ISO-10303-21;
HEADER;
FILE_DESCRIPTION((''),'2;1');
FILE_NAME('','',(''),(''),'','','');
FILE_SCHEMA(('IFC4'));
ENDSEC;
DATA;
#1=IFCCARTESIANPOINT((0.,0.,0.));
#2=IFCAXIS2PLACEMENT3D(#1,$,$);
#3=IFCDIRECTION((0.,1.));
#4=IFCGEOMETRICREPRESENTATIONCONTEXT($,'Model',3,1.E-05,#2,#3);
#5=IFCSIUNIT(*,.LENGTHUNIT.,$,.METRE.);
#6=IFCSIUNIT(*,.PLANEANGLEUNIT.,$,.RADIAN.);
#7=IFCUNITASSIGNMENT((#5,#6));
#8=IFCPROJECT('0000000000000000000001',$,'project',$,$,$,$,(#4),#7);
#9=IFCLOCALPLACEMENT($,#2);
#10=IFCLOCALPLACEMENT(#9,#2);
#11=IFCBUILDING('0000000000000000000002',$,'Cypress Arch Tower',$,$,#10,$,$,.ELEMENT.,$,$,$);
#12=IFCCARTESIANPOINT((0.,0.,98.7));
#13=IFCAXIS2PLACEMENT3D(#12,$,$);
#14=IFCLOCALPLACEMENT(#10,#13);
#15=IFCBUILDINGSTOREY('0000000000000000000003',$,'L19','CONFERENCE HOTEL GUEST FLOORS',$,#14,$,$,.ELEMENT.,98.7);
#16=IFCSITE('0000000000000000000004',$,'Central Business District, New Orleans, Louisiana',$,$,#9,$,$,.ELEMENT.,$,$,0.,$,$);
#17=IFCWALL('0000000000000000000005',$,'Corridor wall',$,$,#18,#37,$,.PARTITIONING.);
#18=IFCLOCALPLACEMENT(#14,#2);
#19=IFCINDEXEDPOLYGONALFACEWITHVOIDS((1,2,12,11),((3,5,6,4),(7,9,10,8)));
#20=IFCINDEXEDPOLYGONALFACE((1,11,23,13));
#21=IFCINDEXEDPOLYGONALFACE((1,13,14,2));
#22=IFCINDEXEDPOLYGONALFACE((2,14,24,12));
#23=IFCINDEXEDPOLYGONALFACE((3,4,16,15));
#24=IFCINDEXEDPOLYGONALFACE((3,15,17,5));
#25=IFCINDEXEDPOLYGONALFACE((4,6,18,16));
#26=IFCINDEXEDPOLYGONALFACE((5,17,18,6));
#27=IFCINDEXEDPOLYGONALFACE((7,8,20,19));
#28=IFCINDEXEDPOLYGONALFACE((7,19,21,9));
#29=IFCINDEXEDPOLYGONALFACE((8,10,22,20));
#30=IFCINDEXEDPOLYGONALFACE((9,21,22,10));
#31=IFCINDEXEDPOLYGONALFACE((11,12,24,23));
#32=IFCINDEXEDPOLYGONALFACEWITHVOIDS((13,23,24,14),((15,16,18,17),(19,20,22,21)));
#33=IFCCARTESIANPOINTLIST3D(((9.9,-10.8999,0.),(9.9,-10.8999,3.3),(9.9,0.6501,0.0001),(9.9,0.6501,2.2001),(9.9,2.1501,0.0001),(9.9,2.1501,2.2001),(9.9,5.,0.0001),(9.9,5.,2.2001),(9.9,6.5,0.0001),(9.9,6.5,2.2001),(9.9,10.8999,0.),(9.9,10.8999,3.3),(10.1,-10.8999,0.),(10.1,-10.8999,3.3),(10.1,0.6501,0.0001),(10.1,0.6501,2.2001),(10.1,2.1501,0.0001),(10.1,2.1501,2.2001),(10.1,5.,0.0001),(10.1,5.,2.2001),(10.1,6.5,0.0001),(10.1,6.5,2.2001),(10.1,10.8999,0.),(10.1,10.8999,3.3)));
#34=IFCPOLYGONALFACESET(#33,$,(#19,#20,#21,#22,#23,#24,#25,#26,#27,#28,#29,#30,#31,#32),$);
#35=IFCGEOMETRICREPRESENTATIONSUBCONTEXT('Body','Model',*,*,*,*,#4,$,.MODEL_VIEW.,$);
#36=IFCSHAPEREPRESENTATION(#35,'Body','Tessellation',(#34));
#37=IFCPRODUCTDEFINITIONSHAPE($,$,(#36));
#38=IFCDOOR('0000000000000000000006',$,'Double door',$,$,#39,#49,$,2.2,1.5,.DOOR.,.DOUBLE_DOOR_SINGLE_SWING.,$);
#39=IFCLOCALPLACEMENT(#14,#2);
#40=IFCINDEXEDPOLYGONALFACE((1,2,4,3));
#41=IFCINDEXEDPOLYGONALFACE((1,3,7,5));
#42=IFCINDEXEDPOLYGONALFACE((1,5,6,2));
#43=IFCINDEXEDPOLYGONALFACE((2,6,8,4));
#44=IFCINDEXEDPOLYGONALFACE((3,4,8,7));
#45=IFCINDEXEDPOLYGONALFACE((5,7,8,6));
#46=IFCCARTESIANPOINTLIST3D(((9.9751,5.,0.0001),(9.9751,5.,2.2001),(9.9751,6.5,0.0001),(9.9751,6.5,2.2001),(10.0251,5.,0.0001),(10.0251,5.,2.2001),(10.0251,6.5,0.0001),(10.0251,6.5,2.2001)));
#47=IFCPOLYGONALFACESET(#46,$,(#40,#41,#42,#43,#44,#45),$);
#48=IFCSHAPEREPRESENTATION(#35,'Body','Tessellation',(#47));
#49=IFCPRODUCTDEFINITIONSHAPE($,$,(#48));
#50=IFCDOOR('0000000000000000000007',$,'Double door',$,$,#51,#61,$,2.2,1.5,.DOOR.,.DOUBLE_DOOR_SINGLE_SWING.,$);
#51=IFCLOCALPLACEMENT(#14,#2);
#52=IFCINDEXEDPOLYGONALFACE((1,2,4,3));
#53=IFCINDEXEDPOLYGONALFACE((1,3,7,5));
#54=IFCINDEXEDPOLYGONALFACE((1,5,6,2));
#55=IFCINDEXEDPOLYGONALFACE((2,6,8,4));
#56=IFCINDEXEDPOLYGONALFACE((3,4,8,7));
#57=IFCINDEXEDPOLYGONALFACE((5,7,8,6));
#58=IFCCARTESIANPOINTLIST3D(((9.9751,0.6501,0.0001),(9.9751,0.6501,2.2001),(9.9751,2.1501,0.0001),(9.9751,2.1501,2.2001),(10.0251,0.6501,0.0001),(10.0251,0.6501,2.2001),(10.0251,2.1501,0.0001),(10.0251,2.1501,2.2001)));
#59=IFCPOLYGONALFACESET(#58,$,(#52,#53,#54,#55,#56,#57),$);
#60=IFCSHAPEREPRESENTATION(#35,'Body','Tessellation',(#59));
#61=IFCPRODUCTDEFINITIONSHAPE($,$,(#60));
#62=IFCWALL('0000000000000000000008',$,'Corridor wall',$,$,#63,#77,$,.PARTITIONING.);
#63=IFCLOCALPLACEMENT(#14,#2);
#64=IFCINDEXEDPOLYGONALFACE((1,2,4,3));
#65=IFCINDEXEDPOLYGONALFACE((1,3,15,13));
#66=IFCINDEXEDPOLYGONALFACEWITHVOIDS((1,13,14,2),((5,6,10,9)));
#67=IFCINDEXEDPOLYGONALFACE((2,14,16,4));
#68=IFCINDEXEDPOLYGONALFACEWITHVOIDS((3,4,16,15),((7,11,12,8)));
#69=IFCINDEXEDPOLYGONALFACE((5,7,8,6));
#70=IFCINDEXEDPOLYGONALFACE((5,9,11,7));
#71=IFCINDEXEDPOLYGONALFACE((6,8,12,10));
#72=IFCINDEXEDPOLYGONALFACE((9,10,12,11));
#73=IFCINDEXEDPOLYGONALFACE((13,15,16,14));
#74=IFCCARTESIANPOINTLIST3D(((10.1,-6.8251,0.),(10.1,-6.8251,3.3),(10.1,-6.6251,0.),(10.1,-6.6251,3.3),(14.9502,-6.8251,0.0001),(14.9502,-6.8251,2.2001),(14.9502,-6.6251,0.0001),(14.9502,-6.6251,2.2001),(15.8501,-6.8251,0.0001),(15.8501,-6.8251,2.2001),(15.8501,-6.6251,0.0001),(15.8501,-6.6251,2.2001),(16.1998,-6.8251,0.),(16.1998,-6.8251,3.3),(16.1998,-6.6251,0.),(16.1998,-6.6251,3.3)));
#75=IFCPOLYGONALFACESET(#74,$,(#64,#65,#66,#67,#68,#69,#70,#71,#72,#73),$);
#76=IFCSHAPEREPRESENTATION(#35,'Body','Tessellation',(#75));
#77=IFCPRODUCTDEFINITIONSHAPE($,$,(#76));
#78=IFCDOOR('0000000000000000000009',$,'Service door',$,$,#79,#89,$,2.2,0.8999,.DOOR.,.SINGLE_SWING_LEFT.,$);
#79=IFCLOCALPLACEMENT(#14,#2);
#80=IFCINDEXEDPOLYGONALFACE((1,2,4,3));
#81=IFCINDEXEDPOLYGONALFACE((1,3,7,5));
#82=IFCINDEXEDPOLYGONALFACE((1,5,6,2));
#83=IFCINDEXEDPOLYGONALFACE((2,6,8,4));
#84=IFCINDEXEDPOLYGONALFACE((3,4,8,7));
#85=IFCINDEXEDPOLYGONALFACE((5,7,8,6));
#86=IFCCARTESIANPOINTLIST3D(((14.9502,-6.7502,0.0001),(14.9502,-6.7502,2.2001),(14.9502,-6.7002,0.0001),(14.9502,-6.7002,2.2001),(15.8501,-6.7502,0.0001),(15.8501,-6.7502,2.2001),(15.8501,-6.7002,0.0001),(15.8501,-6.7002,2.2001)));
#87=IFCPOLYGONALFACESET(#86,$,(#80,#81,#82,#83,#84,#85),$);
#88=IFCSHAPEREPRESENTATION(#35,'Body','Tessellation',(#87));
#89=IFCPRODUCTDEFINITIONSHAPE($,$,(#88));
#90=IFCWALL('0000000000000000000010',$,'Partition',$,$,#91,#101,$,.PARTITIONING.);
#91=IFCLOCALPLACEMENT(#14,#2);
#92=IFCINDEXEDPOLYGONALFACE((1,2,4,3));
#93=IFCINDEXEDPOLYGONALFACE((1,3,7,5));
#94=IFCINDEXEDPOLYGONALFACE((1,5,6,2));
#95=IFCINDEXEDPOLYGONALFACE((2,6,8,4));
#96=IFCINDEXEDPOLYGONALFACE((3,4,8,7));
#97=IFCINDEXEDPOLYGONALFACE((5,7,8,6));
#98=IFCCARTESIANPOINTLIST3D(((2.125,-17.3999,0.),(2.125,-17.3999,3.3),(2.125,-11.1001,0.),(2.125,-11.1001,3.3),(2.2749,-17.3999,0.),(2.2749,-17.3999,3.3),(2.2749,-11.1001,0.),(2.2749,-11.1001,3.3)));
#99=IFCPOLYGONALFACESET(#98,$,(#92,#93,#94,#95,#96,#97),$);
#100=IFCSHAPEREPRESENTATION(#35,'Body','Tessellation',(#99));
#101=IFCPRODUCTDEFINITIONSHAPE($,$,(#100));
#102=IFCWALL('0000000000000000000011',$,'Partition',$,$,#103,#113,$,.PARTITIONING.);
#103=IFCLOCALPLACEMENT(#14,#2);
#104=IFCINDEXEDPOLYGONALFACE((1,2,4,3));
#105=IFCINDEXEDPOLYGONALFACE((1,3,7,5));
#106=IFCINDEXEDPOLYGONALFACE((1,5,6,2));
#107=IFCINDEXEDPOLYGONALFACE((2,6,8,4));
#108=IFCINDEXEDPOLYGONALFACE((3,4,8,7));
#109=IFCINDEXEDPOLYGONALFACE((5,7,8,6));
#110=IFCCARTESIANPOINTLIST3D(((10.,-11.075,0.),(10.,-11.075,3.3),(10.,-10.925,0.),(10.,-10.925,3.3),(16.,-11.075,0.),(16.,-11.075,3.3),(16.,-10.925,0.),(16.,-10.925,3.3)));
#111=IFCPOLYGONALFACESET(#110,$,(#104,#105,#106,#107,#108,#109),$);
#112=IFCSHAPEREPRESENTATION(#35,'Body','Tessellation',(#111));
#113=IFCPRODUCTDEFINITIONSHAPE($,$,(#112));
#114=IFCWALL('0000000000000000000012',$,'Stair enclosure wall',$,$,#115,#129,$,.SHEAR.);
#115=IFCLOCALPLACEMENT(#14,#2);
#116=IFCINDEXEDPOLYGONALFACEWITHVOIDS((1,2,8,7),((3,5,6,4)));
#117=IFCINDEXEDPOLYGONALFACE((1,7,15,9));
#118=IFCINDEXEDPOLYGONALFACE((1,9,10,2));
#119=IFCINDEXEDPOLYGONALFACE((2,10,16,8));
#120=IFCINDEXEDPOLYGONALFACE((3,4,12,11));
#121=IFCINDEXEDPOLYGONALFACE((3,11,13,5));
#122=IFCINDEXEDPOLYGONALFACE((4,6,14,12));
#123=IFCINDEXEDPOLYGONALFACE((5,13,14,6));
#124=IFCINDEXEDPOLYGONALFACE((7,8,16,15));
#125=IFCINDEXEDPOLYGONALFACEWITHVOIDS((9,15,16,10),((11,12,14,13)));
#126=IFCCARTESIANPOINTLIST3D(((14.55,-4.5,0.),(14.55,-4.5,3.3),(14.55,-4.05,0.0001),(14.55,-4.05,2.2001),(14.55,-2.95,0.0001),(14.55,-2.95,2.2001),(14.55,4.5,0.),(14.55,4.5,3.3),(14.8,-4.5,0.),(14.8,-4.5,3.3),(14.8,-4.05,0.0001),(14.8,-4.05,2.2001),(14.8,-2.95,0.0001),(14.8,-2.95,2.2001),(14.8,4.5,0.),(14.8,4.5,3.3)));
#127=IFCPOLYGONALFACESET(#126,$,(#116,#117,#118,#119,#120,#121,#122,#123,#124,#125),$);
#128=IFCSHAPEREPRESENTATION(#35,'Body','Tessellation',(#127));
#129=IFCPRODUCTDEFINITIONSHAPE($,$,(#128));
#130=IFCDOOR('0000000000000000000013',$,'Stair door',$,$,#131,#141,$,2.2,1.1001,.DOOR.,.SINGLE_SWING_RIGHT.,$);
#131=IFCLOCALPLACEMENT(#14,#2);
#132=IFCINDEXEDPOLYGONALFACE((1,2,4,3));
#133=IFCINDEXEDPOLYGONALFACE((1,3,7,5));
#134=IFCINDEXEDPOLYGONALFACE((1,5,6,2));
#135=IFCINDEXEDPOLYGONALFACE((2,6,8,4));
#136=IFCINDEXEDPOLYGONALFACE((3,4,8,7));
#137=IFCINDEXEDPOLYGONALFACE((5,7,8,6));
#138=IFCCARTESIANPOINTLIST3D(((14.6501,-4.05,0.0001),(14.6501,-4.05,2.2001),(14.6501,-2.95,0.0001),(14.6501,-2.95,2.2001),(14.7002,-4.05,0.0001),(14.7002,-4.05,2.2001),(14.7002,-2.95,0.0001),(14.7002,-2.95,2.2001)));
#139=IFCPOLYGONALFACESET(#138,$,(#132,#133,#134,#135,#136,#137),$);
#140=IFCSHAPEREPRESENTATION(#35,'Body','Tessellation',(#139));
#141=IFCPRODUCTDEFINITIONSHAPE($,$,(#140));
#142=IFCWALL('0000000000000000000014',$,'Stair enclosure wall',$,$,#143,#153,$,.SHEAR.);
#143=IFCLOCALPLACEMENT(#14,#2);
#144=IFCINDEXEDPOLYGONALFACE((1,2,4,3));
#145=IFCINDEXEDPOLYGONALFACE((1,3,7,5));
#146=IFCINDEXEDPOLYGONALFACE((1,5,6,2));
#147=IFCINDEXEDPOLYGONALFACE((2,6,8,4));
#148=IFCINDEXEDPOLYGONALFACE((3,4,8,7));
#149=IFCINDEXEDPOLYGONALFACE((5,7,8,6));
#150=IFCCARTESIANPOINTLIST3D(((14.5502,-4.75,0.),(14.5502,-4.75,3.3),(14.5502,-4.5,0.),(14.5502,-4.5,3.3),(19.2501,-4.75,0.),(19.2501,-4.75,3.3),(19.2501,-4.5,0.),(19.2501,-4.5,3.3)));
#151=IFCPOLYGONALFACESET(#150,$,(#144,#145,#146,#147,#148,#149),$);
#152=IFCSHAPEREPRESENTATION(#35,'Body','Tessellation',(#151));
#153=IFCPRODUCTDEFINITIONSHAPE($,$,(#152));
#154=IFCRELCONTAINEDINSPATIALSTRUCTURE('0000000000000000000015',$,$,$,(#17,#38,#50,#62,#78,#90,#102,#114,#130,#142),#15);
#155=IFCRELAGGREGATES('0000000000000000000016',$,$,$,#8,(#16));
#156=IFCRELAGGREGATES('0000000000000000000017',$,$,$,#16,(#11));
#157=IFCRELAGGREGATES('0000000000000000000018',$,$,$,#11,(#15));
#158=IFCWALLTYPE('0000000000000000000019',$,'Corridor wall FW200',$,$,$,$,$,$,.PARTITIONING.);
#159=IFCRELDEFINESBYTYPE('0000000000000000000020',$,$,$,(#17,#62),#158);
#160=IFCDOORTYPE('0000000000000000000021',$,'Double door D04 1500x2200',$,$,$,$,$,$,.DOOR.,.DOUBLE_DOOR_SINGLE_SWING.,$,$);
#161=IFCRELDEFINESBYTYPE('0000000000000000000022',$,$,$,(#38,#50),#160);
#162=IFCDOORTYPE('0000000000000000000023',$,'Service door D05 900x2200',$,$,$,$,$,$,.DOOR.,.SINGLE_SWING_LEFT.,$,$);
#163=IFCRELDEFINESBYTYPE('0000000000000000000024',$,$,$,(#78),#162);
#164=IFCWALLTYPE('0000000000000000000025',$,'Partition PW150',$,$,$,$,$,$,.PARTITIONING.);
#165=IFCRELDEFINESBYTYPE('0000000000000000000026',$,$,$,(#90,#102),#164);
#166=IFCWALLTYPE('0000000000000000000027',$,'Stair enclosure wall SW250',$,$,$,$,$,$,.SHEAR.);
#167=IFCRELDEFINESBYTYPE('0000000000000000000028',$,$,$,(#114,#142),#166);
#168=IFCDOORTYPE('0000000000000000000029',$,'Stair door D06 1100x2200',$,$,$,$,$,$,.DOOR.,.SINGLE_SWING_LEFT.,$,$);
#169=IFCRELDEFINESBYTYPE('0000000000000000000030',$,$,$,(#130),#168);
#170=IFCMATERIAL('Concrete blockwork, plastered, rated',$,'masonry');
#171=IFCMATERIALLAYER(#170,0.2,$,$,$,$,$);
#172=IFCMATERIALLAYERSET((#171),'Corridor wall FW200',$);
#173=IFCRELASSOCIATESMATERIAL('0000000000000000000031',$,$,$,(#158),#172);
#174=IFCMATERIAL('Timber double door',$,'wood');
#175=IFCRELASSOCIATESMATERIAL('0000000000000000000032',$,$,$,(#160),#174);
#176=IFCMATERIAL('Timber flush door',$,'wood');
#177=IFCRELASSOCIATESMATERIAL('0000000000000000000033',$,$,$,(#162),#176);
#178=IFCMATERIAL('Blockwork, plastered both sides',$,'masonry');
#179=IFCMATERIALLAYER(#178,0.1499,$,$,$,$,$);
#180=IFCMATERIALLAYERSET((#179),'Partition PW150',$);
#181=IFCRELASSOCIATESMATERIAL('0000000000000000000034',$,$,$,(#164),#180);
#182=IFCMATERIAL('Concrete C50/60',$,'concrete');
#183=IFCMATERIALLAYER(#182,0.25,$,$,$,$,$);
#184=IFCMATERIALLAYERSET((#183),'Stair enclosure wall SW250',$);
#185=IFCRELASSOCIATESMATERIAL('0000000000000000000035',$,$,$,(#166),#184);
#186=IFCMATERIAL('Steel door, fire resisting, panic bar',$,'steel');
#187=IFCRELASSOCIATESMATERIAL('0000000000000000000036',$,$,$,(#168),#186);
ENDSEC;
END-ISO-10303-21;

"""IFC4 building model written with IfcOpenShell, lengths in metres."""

from ifc_helpers import new_model, si_unit, direction, frame, frame_2d, origin, place, context, subcontext, project, spatial, rectangle, extrude, material, layer, layer_set, type_object, element, fill, save


model = new_model("IFC4")

# Units and contexts
model_context = context("Model", 3, precision=1e-05, world=origin(), true_north=direction((0.0, 1.0)))
body_context = subcontext(model_context, "Body", "Model", "MODEL_VIEW")
ifc_project = project(units=[si_unit("LENGTHUNIT", "METRE"), si_unit("PLANEANGLEUNIT", "RADIAN")], contexts=[model_context])

# Site, building, storey
site_placement = place(None, origin())
site = spatial("IfcSite", under=ifc_project, at=site_placement, Name="Central Business District, New Orleans, Louisiana", CompositionType="ELEMENT", RefElevation=0.0)
building_placement = place(site_placement, origin())
building = spatial("IfcBuilding", under=site, at=building_placement, Name="Cypress Arch Tower", CompositionType="ELEMENT")
storey_placement = place(building_placement, frame((0.0, 0.0, 98.7)))
storey = spatial("IfcBuildingStorey", under=building, at=storey_placement, Name="L19", Description="CONFERENCE HOTEL GUEST FLOORS", CompositionType="ELEMENT", Elevation=98.7)

# Shared definitions
ifc_material_1 = material(Name="Concrete blockwork, plastered, rated", Category="masonry")
ifc_layer_1 = layer(ifc_material_1, 0.2)
ifc_layer_set_1 = layer_set([ifc_layer_1], Name="Corridor wall FW200")
wall_type_1 = type_object("IfcWallType", Name="Corridor wall FW200", PredefinedType="PARTITIONING", material=ifc_layer_set_1)

# Wall, openings, doors
wall_1_placement = place(storey_placement, frame((10.0, -10.8999, 0.0), z_axis=(0.0, 0.0, 1.0), x_axis=(0.0, 1.0, 0.0)))
wall_1 = element("IfcWall", 1, at=wall_1_placement, inside=storey, type_object=wall_type_1, Name="Corridor wall", PredefinedType="PARTITIONING", context=body_context, shape_type="SweptSolid", body=[
    extrude(rectangle(XDim=21.7998, YDim=0.2, at=frame_2d((10.8999, 0.0))), origin(), (0.0, 0.0, 1.0), 3.3),
])
opening_1_placement = place(wall_1_placement, frame((15.8999, 0.0, 0.0)))
opening_1 = element("IfcOpeningElement", 2, at=opening_1_placement, cuts=wall_1, PredefinedType="OPENING", context=body_context, shape_type="SweptSolid", body=[
    extrude(rectangle(XDim=1.5, YDim=2.2, at=frame_2d((0.75, 1.1001))), frame((0.0, 0.1099, 0.0), z_axis=(0.0, -1.0, 0.0), x_axis=(1.0, 0.0, 0.0)), (0.0, 0.0, 1.0), 0.22),
])
opening_2_placement = place(wall_1_placement, frame((11.55, 0.0, 0.0)))
opening_2 = element("IfcOpeningElement", 3, at=opening_2_placement, cuts=wall_1, PredefinedType="OPENING", context=body_context, shape_type="SweptSolid", body=[
    extrude(rectangle(XDim=1.5, YDim=2.2, at=frame_2d((0.75, 1.1001))), frame((0.0, 0.1099, 0.0), z_axis=(0.0, -1.0, 0.0), x_axis=(1.0, 0.0, 0.0)), (0.0, 0.0, 1.0), 0.22),
])
ifc_material_2 = material(Name="Timber double door", Category="wood")
door_type_1 = type_object("IfcDoorType", Name="Double door D04 1500x2200", OperationType="DOUBLE_DOOR_SINGLE_SWING", PredefinedType="DOOR", material=ifc_material_2)
door_1_placement = place(opening_1_placement, origin())
door_1 = element("IfcDoor", 4, at=door_1_placement, inside=storey, type_object=door_type_1, Name="Double door", OperationType="DOUBLE_DOOR_SINGLE_SWING", OverallHeight=2.2, OverallWidth=1.5, PredefinedType="DOOR", context=body_context, shape_type="SweptSolid", body=[
    extrude(rectangle(XDim=1.5, YDim=2.2, at=frame_2d((0.75, 1.1001))), frame((0.0, 0.0249, 0.0), z_axis=(0.0, -1.0, 0.0), x_axis=(1.0, 0.0, 0.0)), (0.0, 0.0, 1.0), 0.05),
])
fill(opening_1, door_1)
door_2_placement = place(opening_2_placement, origin())
door_2 = element("IfcDoor", 5, at=door_2_placement, inside=storey, type_object=door_type_1, Name="Double door", OperationType="DOUBLE_DOOR_SINGLE_SWING", OverallHeight=2.2, OverallWidth=1.5, PredefinedType="DOOR", context=body_context, shape_type="SweptSolid", body=[
    extrude(rectangle(XDim=1.5, YDim=2.2, at=frame_2d((0.75, 1.1001))), frame((0.0, 0.0249, 0.0), z_axis=(0.0, -1.0, 0.0), x_axis=(1.0, 0.0, 0.0)), (0.0, 0.0, 1.0), 0.05),
])
fill(opening_2, door_2)

# Wall, opening, door
wall_2_placement = place(storey_placement, frame((10.1001, -6.7251, 0.0), z_axis=(0.0, 0.0, 1.0), x_axis=(1.0, 0.0, 0.0)))
wall_2 = element("IfcWall", 6, at=wall_2_placement, inside=storey, type_object=wall_type_1, Name="Corridor wall", PredefinedType="PARTITIONING", context=body_context, shape_type="SweptSolid", body=[
    extrude(rectangle(XDim=6.0999, YDim=0.2, at=frame_2d((3.0498, 0.0))), origin(), (0.0, 0.0, 1.0), 3.3),
])
opening_3_placement = place(wall_2_placement, frame((4.8501, 0.0, 0.0)))
opening_3 = element("IfcOpeningElement", 7, at=opening_3_placement, cuts=wall_2, PredefinedType="OPENING", context=body_context, shape_type="SweptSolid", body=[
    extrude(rectangle(XDim=0.8999, YDim=2.2, at=frame_2d((0.45, 1.1001))), frame((0.0, 0.1099, 0.0), z_axis=(0.0, -1.0, 0.0), x_axis=(1.0, 0.0, 0.0)), (0.0, 0.0, 1.0), 0.22),
])
ifc_material_3 = material(Name="Timber flush door", Category="wood")
door_type_2 = type_object("IfcDoorType", Name="Service door D05 900x2200", OperationType="SINGLE_SWING_LEFT", PredefinedType="DOOR", material=ifc_material_3)
door_3_placement = place(opening_3_placement, origin())
door_3 = element("IfcDoor", 8, at=door_3_placement, inside=storey, type_object=door_type_2, Name="Service door", OperationType="SINGLE_SWING_LEFT", OverallHeight=2.2, OverallWidth=0.8999, PredefinedType="DOOR", context=body_context, shape_type="SweptSolid", body=[
    extrude(rectangle(XDim=0.8999, YDim=2.2, at=frame_2d((0.45, 1.1001))), frame((0.0, 0.0249, 0.0), z_axis=(0.0, -1.0, 0.0), x_axis=(1.0, 0.0, 0.0)), (0.0, 0.0, 1.0), 0.05),
])
fill(opening_3, door_3)

# Walls
ifc_material_4 = material(Name="Blockwork, plastered both sides", Category="masonry")
ifc_layer_2 = layer(ifc_material_4, 0.1499)
ifc_layer_set_2 = layer_set([ifc_layer_2], Name="Partition PW150")
wall_type_2 = type_object("IfcWallType", Name="Partition PW150", PredefinedType="PARTITIONING", material=ifc_layer_set_2)
wall_3_placement = place(storey_placement, frame((2.2, -17.3999, 0.0), z_axis=(0.0, 0.0, 1.0), x_axis=(0.0, 1.0, 0.0)))
element("IfcWall", 9, at=wall_3_placement, inside=storey, type_object=wall_type_2, Name="Partition", PredefinedType="PARTITIONING", context=body_context, shape_type="SweptSolid", body=[
    extrude(rectangle(XDim=6.2998, YDim=0.1499, at=frame_2d((3.1499, 0.0))), origin(), (0.0, 0.0, 1.0), 3.3),
])
wall_4_placement = place(storey_placement, frame((10.0, -11.0, 0.0), z_axis=(0.0, 0.0, 1.0), x_axis=(1.0, 0.0, 0.0)))
element("IfcWall", 10, at=wall_4_placement, inside=storey, type_object=wall_type_2, Name="Partition", PredefinedType="PARTITIONING", context=body_context, shape_type="SweptSolid", body=[
    extrude(rectangle(XDim=6.0, YDim=0.1499, at=frame_2d((3.0, 0.0))), origin(), (0.0, 0.0, 1.0), 3.3),
])

# Wall, opening, door
ifc_material_5 = material(Name="Concrete C50/60", Category="concrete")
ifc_layer_3 = layer(ifc_material_5, 0.25)
ifc_layer_set_3 = layer_set([ifc_layer_3], Name="Stair enclosure wall SW250")
wall_type_3 = type_object("IfcWallType", Name="Stair enclosure wall SW250", PredefinedType="SHEAR", material=ifc_layer_set_3)
wall_5_placement = place(storey_placement, frame((14.675, -4.5, 0.0), z_axis=(0.0, 0.0, 1.0), x_axis=(0.0, 1.0, 0.0)))
wall_5 = element("IfcWall", 11, at=wall_5_placement, inside=storey, type_object=wall_type_3, Name="Stair enclosure wall", PredefinedType="SHEAR", context=body_context, shape_type="SweptSolid", body=[
    extrude(rectangle(XDim=9.0, YDim=0.25, at=frame_2d((4.5, 0.0))), origin(), (0.0, 0.0, 1.0), 3.3),
])
opening_4_placement = place(wall_5_placement, frame((0.45, 0.0, 0.0)))
opening_4 = element("IfcOpeningElement", 12, at=opening_4_placement, cuts=wall_5, PredefinedType="OPENING", context=body_context, shape_type="SweptSolid", body=[
    extrude(rectangle(XDim=1.1001, YDim=2.2, at=frame_2d((0.55, 1.1001))), frame((0.0, 0.135, 0.0), z_axis=(0.0, -1.0, 0.0), x_axis=(1.0, 0.0, 0.0)), (0.0, 0.0, 1.0), 0.27),
])
ifc_material_6 = material(Name="Steel door, fire resisting, panic bar", Category="steel")
door_type_3 = type_object("IfcDoorType", Name="Stair door D06 1100x2200", OperationType="SINGLE_SWING_LEFT", PredefinedType="DOOR", material=ifc_material_6)
door_4_placement = place(opening_4_placement, origin())
door_4 = element("IfcDoor", 13, at=door_4_placement, inside=storey, type_object=door_type_3, Name="Stair door", OperationType="SINGLE_SWING_RIGHT", OverallHeight=2.2, OverallWidth=1.1001, PredefinedType="DOOR", context=body_context, shape_type="SweptSolid", body=[
    extrude(rectangle(XDim=1.1001, YDim=2.2, at=frame_2d((0.55, 1.1001))), frame((0.0, 0.0249, 0.0), z_axis=(0.0, -1.0, 0.0), x_axis=(1.0, 0.0, 0.0)), (0.0, 0.0, 1.0), 0.05),
])
fill(opening_4, door_4)

# Wall
wall_6_placement = place(storey_placement, frame((14.55, -4.625, 0.0), z_axis=(0.0, 0.0, 1.0), x_axis=(1.0, 0.0, 0.0)))
element("IfcWall", 14, at=wall_6_placement, inside=storey, type_object=wall_type_3, Name="Stair enclosure wall", PredefinedType="SHEAR", context=body_context, shape_type="SweptSolid", body=[
    extrude(rectangle(XDim=4.7, YDim=0.25, at=frame_2d((2.3501, 0.0))), origin(), (0.0, 0.0, 1.0), 3.3),
])

save(model, "model.ifc")
